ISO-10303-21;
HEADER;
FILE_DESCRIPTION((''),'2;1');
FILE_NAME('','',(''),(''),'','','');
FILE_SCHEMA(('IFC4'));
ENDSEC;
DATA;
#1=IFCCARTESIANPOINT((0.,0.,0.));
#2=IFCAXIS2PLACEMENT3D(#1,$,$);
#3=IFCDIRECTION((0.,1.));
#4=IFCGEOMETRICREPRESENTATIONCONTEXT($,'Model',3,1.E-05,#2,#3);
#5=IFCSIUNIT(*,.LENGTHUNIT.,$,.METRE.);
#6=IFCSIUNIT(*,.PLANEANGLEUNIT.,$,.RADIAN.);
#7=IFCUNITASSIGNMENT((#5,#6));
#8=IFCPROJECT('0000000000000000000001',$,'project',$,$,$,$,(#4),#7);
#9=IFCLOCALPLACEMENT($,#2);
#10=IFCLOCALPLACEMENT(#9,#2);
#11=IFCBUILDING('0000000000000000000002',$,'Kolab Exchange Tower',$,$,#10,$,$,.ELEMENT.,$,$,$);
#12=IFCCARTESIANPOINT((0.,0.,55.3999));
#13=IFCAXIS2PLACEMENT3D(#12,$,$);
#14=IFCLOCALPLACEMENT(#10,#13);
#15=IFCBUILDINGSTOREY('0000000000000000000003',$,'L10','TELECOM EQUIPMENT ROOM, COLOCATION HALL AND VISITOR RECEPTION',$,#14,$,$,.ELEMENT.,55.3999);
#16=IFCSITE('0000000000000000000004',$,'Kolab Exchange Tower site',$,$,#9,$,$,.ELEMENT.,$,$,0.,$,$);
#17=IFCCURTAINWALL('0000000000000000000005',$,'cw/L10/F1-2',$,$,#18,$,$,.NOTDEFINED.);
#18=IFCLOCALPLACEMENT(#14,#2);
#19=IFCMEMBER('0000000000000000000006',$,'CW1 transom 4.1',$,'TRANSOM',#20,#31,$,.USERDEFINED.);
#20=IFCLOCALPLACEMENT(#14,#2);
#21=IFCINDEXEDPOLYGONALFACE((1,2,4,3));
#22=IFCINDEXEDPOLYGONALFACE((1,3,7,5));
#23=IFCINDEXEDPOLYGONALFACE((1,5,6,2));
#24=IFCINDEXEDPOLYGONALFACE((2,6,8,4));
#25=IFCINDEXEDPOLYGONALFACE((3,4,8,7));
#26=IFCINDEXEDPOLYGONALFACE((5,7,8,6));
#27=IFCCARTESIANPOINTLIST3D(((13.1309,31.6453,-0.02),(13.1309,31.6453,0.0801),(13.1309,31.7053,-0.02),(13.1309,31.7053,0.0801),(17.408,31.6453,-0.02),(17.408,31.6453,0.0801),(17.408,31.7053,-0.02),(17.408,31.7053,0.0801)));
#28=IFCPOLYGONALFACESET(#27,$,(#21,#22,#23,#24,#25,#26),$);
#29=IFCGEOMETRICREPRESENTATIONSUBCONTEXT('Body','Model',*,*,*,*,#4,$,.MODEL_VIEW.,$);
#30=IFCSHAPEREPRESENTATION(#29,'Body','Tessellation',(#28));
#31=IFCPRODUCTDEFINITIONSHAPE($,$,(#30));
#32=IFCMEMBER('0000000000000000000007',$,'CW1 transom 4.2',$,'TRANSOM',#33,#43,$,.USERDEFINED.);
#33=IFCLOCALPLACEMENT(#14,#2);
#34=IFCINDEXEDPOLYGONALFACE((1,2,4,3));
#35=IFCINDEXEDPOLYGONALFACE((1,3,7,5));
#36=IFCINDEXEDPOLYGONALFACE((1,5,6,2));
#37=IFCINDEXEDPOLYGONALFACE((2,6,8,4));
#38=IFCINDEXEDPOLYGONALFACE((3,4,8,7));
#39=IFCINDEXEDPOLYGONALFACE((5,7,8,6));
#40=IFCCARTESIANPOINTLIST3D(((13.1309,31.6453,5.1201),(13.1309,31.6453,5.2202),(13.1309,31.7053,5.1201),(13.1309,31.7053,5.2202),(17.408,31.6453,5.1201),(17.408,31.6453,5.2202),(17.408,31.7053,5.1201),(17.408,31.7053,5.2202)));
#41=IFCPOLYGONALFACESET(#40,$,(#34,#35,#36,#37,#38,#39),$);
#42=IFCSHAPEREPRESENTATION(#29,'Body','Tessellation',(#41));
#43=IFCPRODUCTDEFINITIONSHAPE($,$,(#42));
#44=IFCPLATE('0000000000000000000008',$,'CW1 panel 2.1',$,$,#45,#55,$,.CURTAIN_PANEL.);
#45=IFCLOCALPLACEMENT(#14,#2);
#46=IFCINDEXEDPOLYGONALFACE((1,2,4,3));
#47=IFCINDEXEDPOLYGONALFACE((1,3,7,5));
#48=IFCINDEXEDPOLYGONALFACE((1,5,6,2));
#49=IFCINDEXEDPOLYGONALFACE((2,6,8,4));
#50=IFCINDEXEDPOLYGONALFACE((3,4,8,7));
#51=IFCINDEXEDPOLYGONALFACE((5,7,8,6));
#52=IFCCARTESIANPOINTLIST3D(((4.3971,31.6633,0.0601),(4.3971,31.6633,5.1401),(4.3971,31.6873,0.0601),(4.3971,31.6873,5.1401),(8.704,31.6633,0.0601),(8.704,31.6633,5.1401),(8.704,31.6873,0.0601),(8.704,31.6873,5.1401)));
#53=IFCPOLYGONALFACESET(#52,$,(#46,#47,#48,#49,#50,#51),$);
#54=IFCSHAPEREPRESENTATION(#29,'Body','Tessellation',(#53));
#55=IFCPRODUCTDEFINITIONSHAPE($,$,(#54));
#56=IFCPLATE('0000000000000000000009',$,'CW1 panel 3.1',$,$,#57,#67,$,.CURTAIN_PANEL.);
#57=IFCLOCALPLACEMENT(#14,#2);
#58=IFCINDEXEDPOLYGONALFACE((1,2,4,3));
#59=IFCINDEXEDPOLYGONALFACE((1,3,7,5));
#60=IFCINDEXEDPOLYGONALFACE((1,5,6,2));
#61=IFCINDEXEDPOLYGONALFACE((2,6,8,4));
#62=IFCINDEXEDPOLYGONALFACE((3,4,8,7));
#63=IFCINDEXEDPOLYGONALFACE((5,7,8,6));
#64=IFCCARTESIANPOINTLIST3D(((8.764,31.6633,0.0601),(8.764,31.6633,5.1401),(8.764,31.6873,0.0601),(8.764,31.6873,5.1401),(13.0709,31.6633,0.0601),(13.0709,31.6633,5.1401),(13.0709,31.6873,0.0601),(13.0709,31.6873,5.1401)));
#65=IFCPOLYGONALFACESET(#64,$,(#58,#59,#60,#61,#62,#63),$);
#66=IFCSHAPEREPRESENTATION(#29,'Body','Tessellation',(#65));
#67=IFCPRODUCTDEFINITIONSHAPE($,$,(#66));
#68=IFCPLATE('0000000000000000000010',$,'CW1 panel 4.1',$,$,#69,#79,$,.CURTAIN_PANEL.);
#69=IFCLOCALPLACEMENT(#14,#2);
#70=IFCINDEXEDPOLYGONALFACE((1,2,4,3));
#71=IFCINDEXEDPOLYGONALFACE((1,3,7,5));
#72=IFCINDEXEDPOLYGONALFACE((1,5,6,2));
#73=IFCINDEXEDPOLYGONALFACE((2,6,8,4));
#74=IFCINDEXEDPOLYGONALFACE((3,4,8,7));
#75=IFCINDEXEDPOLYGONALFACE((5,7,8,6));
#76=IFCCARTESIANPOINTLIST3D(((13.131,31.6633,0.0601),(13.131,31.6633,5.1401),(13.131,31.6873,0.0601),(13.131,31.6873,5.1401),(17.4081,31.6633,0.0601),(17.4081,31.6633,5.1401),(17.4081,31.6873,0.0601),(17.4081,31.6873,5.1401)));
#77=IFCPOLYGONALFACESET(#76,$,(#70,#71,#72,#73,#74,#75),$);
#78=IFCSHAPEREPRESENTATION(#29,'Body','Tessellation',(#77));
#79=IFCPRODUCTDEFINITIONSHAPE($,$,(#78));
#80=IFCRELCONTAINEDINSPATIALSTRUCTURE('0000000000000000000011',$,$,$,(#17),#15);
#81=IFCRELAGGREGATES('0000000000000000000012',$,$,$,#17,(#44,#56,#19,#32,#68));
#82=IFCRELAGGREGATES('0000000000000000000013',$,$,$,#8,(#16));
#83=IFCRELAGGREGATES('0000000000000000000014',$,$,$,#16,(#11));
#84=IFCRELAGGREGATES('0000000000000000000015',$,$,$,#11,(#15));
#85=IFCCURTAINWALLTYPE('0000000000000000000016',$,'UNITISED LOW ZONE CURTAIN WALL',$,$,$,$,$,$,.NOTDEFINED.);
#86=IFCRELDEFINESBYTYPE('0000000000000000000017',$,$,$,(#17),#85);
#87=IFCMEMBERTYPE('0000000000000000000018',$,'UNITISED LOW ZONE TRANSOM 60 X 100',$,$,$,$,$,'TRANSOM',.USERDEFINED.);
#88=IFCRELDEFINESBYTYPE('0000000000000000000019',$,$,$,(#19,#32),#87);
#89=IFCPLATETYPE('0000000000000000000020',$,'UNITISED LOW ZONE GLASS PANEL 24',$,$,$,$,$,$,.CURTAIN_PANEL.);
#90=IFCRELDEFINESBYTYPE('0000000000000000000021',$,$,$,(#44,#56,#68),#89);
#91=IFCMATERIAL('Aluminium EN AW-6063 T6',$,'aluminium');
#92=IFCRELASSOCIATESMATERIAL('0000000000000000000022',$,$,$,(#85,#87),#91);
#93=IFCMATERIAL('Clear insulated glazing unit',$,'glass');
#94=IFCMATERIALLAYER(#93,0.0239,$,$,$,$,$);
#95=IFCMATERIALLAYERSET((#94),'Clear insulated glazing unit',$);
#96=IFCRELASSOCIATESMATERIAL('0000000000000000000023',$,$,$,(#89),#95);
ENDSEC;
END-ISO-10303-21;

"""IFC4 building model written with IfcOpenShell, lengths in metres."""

from ifc_helpers import new_model, si_unit, direction, frame, origin, origin_2d, place, context, subcontext, project, spatial, rectangle, extrude, material, layer, layer_set, material_profile, profile_set, type_object, element, aggregate, save


model = new_model("IFC4")

# Units and contexts
model_context = context("Model", 3, precision=1e-05, world=origin(), true_north=direction((0.0, 1.0)))
body_context = subcontext(model_context, "Body", "Model", "MODEL_VIEW")
ifc_project = project(units=[si_unit("LENGTHUNIT", "METRE"), si_unit("PLANEANGLEUNIT", "RADIAN")], contexts=[model_context])

# Site, building, storey
site_placement = place(None, origin())
site = spatial("IfcSite", under=ifc_project, at=site_placement, Name="Kolab Exchange Tower site", CompositionType="ELEMENT", RefElevation=0.0)
building_placement = place(site_placement, origin())
building = spatial("IfcBuilding", under=site, at=building_placement, Name="Kolab Exchange Tower", CompositionType="ELEMENT")
storey_placement = place(building_placement, frame((0.0, 0.0, 55.3999)))
storey = spatial("IfcBuildingStorey", under=building, at=storey_placement, Name="L10", Description="TELECOM EQUIPMENT ROOM, COLOCATION HALL AND VISITOR RECEPTION", CompositionType="ELEMENT", Elevation=55.3999)

# Curtain wall, members, plates
ifc_material_1 = material(Name="Aluminium EN AW-6063 T6", Category="aluminium")
curtain_wall_type = type_object("IfcCurtainWallType", Name="UNITISED LOW ZONE CURTAIN WALL", PredefinedType="NOTDEFINED", material=ifc_material_1)
curtain_wall_placement = place(storey_placement, origin())
curtain_wall = element("IfcCurtainWall", 1, at=curtain_wall_placement, inside=storey, type_object=curtain_wall_type, Name="cw/L10/F1-2", PredefinedType="NOTDEFINED")
ifc_material_profile_1 = material_profile(ifc_material_1, rectangle(XDim=0.0601, YDim=0.1001, at=origin_2d()), Name="RECT 60X100")
ifc_profile_set_1 = profile_set([ifc_material_profile_1], Name="Aluminium EN AW-6063 T6")
member_type_1 = type_object("IfcMemberType", Name="UNITISED LOW ZONE TRANSOM 60 X 100", ElementType="TRANSOM", PredefinedType="USERDEFINED", material=ifc_profile_set_1)
member_1_placement = place(storey_placement, frame((13.1309, 31.6753, 0.03), z_axis=(1.0, 0.0, 0.0), x_axis=(0.0, 1.0, 0.0)))
member_1 = element("IfcMember", 2, at=member_1_placement, type_object=member_type_1, Name="CW1 transom 4.1", ObjectType="TRANSOM", PredefinedType="USERDEFINED", context=body_context, shape_type="SweptSolid", body=[
    extrude(rectangle(XDim=0.0601, YDim=0.1001, at=origin_2d()), origin(), (0.0, 0.0, 1.0), 4.2771),
])
member_2_placement = place(storey_placement, frame((13.1309, 31.6753, 5.1702), z_axis=(1.0, 0.0, 0.0), x_axis=(0.0, 1.0, 0.0)))
member_2 = element("IfcMember", 3, at=member_2_placement, type_object=member_type_1, Name="CW1 transom 4.2", ObjectType="TRANSOM", PredefinedType="USERDEFINED", context=body_context, shape_type="SweptSolid", body=[
    extrude(rectangle(XDim=0.0601, YDim=0.1001, at=origin_2d()), origin(), (0.0, 0.0, 1.0), 4.2771),
])
ifc_material_2 = material(Name="Clear insulated glazing unit", Category="glass")
ifc_layer = layer(ifc_material_2, 0.0239)
ifc_layer_set = layer_set([ifc_layer], Name="Clear insulated glazing unit")
plate_type = type_object("IfcPlateType", Name="UNITISED LOW ZONE GLASS PANEL 24", PredefinedType="CURTAIN_PANEL", material=ifc_layer_set)
plate_1_placement = place(storey_placement, frame((6.5505, 31.6753, 0.0601), z_axis=(0.0, 0.0, 1.0), x_axis=(1.0, 0.0, 0.0)))
plate_1 = element("IfcPlate", 4, at=plate_1_placement, type_object=plate_type, Name="CW1 panel 2.1", PredefinedType="CURTAIN_PANEL", context=body_context, shape_type="SweptSolid", body=[
    extrude(rectangle(XDim=4.3069, YDim=0.0239, at=origin_2d()), origin(), (0.0, 0.0, 1.0), 5.0801),
])
plate_2_placement = place(storey_placement, frame((10.9175, 31.6753, 0.0601), z_axis=(0.0, 0.0, 1.0), x_axis=(1.0, 0.0, 0.0)))
plate_2 = element("IfcPlate", 5, at=plate_2_placement, type_object=plate_type, Name="CW1 panel 3.1", PredefinedType="CURTAIN_PANEL", context=body_context, shape_type="SweptSolid", body=[
    extrude(rectangle(XDim=4.3069, YDim=0.0239, at=origin_2d()), origin(), (0.0, 0.0, 1.0), 5.0801),
])
plate_3_placement = place(storey_placement, frame((15.2695, 31.6753, 0.0601), z_axis=(0.0, 0.0, 1.0), x_axis=(1.0, 0.0, 0.0)))
plate_3 = element("IfcPlate", 6, at=plate_3_placement, type_object=plate_type, Name="CW1 panel 4.1", PredefinedType="CURTAIN_PANEL", context=body_context, shape_type="SweptSolid", body=[
    extrude(rectangle(XDim=4.2771, YDim=0.0239, at=origin_2d()), origin(), (0.0, 0.0, 1.0), 5.0801),
])
aggregate(curtain_wall, [plate_1, plate_2, member_1, member_2, plate_3])

save(model, "model.ifc")
